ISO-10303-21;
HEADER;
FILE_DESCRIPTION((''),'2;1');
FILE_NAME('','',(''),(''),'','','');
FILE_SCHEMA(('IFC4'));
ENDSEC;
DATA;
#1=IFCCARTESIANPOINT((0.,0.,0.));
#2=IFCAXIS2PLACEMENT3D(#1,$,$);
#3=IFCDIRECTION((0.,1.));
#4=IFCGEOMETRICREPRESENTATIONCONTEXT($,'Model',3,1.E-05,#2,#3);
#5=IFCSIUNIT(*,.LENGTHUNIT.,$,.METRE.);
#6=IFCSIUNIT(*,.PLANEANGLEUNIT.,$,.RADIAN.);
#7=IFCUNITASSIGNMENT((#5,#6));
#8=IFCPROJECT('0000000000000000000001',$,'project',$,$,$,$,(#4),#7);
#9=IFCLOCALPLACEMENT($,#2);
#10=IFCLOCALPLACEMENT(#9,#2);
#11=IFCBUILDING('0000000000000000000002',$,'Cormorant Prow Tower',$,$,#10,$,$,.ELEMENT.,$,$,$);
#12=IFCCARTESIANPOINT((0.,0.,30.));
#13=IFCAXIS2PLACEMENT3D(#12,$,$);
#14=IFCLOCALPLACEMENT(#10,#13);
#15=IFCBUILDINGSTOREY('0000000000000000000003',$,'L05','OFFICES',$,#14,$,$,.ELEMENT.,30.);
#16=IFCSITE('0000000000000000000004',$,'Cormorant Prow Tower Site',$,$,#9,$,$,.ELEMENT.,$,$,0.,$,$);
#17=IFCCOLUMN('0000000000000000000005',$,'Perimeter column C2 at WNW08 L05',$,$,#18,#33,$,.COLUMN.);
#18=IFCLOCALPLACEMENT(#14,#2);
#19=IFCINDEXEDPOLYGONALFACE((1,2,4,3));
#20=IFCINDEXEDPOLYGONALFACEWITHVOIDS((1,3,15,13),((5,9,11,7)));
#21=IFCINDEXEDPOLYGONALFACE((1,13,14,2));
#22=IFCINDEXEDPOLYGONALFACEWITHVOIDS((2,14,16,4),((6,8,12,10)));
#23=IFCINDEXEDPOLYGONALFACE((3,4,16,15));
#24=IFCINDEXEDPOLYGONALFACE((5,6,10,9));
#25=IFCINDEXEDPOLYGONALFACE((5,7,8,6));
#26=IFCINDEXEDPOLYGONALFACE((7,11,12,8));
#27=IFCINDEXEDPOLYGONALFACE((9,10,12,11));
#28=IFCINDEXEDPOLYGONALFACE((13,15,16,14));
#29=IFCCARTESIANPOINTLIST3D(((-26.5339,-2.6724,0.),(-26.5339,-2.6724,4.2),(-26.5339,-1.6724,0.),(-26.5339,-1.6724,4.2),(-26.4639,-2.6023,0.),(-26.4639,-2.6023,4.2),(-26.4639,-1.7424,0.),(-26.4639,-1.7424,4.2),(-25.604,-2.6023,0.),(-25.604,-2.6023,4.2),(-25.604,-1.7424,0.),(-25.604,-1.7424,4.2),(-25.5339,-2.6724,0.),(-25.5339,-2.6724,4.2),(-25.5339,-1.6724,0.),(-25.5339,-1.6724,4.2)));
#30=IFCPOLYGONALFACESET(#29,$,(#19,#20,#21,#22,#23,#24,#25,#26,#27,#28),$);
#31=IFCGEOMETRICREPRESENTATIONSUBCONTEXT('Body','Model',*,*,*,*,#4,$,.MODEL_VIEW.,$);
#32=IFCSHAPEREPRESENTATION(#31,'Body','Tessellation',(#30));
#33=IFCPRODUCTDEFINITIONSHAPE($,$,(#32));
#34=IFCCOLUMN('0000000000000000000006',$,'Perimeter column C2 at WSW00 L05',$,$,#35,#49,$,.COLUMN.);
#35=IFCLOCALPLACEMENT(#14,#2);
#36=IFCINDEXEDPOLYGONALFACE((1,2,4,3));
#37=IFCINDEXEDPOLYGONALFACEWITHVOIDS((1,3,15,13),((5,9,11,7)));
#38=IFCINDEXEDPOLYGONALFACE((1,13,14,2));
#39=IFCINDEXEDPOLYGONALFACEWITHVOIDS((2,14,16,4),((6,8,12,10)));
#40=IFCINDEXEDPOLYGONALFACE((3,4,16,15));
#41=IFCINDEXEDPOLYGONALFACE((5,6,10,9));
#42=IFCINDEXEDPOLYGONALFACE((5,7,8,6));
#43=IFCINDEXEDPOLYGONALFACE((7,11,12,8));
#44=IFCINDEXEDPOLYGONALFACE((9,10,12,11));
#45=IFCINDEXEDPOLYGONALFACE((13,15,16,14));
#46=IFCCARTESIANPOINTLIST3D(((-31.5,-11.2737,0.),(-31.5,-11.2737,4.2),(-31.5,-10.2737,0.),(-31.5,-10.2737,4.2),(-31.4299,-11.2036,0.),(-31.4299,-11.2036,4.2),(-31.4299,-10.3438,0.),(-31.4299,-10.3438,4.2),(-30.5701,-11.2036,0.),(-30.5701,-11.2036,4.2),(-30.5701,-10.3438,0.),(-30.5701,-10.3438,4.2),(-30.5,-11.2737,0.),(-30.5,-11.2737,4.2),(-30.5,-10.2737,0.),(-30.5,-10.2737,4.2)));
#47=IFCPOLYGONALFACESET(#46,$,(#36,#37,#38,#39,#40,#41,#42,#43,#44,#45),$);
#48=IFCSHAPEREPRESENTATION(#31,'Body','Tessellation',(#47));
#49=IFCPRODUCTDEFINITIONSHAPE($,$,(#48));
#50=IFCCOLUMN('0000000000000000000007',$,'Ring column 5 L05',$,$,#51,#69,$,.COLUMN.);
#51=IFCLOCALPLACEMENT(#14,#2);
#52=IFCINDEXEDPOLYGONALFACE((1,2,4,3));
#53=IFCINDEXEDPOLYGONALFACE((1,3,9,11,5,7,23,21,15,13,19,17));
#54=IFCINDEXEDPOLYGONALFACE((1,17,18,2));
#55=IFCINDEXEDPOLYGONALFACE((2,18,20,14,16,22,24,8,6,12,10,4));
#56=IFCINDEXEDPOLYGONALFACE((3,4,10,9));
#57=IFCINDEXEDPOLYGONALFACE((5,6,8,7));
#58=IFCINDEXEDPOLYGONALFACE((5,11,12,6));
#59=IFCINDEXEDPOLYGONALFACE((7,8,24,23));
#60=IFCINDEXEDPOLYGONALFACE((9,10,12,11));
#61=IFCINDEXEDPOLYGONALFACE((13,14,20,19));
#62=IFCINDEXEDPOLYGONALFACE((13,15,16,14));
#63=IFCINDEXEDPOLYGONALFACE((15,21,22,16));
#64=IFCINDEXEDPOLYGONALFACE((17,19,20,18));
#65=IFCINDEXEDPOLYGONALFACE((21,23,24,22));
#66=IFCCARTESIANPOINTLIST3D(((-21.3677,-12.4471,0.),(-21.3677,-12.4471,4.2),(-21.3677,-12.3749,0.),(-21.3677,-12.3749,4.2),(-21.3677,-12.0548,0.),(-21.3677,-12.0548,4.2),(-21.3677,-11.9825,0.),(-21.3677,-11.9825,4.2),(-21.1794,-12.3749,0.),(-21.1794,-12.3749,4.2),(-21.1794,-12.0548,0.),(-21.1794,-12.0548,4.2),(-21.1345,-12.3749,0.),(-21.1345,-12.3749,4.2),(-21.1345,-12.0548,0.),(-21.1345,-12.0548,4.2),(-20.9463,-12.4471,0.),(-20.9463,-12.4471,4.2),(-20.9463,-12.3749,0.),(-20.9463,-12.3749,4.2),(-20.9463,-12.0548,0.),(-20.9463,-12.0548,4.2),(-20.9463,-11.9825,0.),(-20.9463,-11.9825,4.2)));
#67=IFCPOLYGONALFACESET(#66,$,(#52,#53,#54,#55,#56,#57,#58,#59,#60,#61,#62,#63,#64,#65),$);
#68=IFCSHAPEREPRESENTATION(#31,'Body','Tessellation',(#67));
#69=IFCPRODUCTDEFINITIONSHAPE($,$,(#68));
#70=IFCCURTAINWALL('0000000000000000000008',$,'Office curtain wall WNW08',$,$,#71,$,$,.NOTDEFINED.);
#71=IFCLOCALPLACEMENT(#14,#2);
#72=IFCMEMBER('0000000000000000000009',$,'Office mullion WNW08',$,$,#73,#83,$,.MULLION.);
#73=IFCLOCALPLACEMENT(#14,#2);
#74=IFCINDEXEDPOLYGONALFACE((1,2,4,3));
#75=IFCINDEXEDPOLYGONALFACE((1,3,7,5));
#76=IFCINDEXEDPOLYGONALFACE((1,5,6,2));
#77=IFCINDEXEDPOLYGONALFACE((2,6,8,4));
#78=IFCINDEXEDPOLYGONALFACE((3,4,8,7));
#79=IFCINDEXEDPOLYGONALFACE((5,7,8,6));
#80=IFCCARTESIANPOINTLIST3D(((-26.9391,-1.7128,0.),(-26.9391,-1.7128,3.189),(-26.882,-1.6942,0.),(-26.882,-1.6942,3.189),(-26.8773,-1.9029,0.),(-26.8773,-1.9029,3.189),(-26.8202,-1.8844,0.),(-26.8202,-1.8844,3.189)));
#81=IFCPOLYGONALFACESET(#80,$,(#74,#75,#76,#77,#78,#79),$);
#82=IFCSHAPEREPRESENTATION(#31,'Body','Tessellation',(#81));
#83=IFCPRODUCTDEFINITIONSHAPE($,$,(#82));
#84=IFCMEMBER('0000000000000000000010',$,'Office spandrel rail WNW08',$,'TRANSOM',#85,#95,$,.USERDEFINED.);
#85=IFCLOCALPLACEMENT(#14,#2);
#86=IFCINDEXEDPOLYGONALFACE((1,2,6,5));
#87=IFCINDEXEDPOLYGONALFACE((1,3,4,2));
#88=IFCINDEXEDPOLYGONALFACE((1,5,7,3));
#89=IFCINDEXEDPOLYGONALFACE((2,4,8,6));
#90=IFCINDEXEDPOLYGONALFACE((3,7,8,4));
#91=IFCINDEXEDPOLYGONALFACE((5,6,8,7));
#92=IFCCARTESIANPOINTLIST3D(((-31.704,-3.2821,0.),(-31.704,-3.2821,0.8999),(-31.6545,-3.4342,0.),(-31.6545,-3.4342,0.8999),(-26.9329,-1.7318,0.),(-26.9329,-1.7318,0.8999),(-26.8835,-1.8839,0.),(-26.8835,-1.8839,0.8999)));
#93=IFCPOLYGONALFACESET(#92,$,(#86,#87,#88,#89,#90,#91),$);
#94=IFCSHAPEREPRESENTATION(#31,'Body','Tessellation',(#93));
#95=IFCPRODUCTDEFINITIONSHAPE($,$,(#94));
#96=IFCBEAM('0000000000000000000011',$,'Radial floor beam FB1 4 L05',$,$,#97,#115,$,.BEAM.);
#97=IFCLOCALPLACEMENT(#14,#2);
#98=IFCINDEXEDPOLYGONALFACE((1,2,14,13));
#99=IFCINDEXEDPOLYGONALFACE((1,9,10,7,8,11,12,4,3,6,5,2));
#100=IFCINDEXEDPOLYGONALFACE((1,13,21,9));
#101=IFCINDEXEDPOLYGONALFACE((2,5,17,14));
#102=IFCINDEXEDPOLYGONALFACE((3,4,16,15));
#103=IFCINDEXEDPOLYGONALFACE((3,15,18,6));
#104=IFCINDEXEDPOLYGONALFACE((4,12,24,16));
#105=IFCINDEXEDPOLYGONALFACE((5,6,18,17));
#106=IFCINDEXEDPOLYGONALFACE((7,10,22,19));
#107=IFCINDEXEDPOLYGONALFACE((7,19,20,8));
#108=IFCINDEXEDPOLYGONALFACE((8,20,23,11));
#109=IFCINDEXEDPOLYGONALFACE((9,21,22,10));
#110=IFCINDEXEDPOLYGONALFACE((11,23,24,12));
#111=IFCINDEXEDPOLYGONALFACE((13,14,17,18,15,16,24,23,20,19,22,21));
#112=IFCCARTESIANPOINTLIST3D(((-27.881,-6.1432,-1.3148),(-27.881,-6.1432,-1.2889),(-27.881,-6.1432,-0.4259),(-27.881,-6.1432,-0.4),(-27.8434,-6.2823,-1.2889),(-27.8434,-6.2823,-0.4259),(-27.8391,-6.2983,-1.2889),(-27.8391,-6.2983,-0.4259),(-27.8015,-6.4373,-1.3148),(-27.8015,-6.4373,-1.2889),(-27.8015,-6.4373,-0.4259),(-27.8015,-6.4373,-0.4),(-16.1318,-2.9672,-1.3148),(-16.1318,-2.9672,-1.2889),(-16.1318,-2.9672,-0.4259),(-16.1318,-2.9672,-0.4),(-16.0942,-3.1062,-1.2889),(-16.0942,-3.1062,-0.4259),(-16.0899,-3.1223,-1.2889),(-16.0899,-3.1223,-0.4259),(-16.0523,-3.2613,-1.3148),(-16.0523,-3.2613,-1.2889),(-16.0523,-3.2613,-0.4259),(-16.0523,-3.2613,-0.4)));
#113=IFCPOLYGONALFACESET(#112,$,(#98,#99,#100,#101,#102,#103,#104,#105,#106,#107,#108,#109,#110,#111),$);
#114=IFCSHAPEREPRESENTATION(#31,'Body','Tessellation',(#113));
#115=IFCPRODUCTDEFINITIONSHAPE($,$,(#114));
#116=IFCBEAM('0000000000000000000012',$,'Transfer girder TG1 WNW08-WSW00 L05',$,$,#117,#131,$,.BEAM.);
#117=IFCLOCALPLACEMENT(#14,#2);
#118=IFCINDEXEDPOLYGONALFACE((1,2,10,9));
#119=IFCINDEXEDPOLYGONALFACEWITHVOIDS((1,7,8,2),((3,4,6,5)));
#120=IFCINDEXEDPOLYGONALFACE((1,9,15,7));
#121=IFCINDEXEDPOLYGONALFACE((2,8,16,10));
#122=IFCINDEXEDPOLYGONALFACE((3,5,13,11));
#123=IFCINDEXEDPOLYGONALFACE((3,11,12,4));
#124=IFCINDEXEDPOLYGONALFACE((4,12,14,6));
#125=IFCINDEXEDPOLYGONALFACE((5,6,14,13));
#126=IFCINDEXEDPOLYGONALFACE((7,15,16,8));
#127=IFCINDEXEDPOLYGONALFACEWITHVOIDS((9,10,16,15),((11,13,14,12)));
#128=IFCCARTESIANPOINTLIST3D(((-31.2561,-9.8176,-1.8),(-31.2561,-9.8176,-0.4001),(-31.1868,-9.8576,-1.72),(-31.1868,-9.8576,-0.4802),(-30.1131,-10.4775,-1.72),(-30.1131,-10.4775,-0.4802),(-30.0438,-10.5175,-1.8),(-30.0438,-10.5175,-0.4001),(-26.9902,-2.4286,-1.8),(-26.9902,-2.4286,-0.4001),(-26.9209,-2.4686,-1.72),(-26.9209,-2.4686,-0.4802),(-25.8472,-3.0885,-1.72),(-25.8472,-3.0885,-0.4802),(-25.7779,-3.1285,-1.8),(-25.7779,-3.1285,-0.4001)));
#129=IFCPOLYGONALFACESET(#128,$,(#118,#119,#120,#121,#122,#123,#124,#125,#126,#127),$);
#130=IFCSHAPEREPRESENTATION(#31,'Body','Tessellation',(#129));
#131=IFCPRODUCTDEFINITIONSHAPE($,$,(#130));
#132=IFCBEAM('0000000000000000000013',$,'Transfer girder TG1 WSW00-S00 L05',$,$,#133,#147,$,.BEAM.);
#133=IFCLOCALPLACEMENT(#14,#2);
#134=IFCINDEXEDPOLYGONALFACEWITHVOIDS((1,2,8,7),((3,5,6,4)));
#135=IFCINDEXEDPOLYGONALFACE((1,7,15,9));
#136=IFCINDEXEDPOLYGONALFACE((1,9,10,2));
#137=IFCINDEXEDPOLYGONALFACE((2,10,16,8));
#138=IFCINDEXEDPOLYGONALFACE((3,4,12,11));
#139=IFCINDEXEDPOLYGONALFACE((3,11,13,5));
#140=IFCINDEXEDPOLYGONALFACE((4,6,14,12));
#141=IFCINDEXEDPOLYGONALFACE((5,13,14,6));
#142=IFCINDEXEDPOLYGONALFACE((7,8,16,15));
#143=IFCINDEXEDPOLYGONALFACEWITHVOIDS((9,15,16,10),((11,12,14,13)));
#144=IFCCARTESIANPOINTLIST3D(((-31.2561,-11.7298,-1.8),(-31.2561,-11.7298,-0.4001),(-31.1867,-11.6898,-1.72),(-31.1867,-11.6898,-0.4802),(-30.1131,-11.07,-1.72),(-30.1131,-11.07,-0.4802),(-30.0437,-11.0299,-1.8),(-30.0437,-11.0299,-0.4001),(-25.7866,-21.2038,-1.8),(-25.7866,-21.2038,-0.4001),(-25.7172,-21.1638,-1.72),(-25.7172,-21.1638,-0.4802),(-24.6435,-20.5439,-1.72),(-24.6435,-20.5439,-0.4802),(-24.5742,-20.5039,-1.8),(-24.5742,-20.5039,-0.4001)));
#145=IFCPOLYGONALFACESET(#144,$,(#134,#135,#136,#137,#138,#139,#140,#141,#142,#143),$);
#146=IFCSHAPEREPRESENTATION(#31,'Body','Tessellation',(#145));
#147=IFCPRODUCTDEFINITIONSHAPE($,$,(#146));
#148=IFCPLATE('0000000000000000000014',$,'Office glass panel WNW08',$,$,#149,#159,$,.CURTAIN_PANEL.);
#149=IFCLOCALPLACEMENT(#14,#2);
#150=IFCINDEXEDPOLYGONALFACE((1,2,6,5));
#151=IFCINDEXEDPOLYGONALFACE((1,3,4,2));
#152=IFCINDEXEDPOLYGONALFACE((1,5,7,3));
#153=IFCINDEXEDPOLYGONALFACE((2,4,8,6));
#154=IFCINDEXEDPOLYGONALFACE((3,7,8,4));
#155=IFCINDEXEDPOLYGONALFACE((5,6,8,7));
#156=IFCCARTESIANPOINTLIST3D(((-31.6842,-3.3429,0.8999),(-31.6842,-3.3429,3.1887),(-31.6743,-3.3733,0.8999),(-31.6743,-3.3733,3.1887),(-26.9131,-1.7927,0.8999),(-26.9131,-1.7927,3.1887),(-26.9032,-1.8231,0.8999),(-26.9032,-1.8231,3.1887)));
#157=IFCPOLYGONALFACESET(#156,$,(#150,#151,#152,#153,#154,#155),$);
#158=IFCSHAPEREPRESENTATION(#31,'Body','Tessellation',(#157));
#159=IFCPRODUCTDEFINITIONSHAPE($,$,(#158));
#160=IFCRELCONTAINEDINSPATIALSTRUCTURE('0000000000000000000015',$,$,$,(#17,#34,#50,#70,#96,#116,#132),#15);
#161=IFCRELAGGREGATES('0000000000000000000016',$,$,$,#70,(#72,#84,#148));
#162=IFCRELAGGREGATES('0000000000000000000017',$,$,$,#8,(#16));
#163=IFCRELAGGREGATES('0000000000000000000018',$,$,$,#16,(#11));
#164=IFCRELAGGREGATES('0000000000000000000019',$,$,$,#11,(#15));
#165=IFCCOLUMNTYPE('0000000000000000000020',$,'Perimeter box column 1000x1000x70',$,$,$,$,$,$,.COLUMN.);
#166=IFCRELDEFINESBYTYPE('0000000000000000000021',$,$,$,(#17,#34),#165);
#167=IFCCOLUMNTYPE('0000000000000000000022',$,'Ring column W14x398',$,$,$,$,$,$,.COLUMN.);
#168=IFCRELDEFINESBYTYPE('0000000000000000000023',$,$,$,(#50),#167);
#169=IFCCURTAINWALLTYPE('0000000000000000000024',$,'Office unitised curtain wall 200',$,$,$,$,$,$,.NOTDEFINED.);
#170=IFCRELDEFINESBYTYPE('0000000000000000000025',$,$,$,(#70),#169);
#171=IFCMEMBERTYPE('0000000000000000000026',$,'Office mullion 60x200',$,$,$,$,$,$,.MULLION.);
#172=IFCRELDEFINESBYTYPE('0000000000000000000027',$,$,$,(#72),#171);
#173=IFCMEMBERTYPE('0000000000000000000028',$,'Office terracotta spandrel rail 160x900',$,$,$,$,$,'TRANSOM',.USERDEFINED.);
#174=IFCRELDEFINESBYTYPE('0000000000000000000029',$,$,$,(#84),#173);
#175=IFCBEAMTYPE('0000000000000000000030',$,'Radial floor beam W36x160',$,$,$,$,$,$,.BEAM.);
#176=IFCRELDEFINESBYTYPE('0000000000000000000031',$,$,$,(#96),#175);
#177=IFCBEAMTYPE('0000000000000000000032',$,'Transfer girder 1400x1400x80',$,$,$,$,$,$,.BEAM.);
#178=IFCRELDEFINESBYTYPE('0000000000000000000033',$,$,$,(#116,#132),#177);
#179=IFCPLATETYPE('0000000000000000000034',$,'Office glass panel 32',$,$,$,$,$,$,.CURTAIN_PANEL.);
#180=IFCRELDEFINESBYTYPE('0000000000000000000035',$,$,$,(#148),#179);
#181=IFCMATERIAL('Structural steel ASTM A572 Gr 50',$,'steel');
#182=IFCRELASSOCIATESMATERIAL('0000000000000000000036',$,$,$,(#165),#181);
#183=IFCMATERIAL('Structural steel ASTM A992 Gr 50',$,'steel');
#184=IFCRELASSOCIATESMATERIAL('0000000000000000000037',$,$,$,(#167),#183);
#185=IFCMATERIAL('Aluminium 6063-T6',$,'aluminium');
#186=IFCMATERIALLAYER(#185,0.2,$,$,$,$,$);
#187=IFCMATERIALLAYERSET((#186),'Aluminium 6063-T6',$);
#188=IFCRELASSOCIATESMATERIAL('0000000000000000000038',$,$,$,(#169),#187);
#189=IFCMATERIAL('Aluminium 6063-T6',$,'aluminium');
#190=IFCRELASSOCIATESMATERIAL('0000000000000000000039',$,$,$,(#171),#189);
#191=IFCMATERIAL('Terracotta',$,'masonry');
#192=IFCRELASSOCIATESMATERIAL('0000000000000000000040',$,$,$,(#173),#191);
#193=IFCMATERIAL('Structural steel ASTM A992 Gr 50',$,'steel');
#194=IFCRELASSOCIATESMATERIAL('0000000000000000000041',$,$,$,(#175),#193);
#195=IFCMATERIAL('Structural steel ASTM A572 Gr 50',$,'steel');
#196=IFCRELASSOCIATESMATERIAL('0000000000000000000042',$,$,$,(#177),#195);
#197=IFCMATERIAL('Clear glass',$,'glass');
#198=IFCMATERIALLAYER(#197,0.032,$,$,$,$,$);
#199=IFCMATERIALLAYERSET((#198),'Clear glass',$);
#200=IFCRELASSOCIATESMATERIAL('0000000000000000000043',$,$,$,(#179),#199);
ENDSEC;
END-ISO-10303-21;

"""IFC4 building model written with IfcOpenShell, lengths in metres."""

from ifc_helpers import new_model, si_unit, direction, frame, origin, origin_2d, place, context, subcontext, project, spatial, rectangle, hollow_rectangle, i_section, extrude, material, layer, layer_set, material_profile, profile_set, type_object, element, aggregate, save


model = new_model("IFC4")

# Units and contexts
model_context = context("Model", 3, precision=1e-05, world=origin(), true_north=direction((0.0, 1.0)))
body_context = subcontext(model_context, "Body", "Model", "MODEL_VIEW")
ifc_project = project(units=[si_unit("LENGTHUNIT", "METRE"), si_unit("PLANEANGLEUNIT", "RADIAN")], contexts=[model_context])

# Site, building, storey
site_placement = place(None, origin())
site = spatial("IfcSite", under=ifc_project, at=site_placement, Name="Cormorant Prow Tower Site", CompositionType="ELEMENT", RefElevation=0.0)
building_placement = place(site_placement, origin())
building = spatial("IfcBuilding", under=site, at=building_placement, Name="Cormorant Prow Tower", CompositionType="ELEMENT")
storey_placement = place(building_placement, frame((0.0, 0.0, 30.0)))
storey = spatial("IfcBuildingStorey", under=building, at=storey_placement, Name="L05", Description="OFFICES", CompositionType="ELEMENT", Elevation=30.0)

# Columns
ifc_material_1 = material(Name="Structural steel ASTM A572 Gr 50", Category="steel")
ifc_material_profile_1 = material_profile(ifc_material_1, hollow_rectangle(XDim=1.0, YDim=1.0, WallThickness=0.0701, at=origin_2d()), Name="Box 1000x1000x70")
ifc_profile_set_1 = profile_set([ifc_material_profile_1], Name="Structural steel ASTM A572 Gr 50")
column_type_1 = type_object("IfcColumnType", Name="Perimeter box column 1000x1000x70", PredefinedType="COLUMN", material=ifc_profile_set_1)
column_1_placement = place(storey_placement, frame((-26.0339, -2.1724, 0.0), z_axis=(0.0, 0.0, 1.0), x_axis=(1.0, 0.0, 0.0)))
element("IfcColumn", 1, at=column_1_placement, inside=storey, type_object=column_type_1, Name="Perimeter column C2 at WNW08 L05", PredefinedType="COLUMN", context=body_context, shape_type="SweptSolid", body=[
    extrude(hollow_rectangle(XDim=1.0, YDim=1.0, WallThickness=0.0701, at=origin_2d()), origin(), (0.0, 0.0, 1.0), 4.2),
])
column_2_placement = place(storey_placement, frame((-31.0, -10.7737, 0.0), z_axis=(0.0, 0.0, 1.0), x_axis=(1.0, 0.0, 0.0)))
element("IfcColumn", 2, at=column_2_placement, inside=storey, type_object=column_type_1, Name="Perimeter column C2 at WSW00 L05", PredefinedType="COLUMN", context=body_context, shape_type="SweptSolid", body=[
    extrude(hollow_rectangle(XDim=1.0, YDim=1.0, WallThickness=0.0701, at=origin_2d()), origin(), (0.0, 0.0, 1.0), 4.2),
])
ifc_material_2 = material(Name="Structural steel ASTM A992 Gr 50", Category="steel")
ifc_material_profile_2 = material_profile(ifc_material_2, i_section(OverallWidth=0.4214, OverallDepth=0.4646, WebThickness=0.0449, FlangeThickness=0.0723, at=origin_2d()), Name="W14x398")
ifc_profile_set_2 = profile_set([ifc_material_profile_2], Name="Structural steel ASTM A992 Gr 50")
column_type_2 = type_object("IfcColumnType", Name="Ring column W14x398", PredefinedType="COLUMN", material=ifc_profile_set_2)
column_3_placement = place(storey_placement, frame((-21.157, -12.2148, 0.0), z_axis=(0.0, 0.0, 1.0), x_axis=(1.0, 0.0, 0.0)))
element("IfcColumn", 3, at=column_3_placement, inside=storey, type_object=column_type_2, Name="Ring column 5 L05", PredefinedType="COLUMN", context=body_context, shape_type="SweptSolid", body=[
    extrude(i_section(OverallWidth=0.4214, OverallDepth=0.4646, WebThickness=0.0449, FlangeThickness=0.0723, at=origin_2d()), origin(), (0.0, 0.0, 1.0), 4.2),
])

# Curtain wall, members
ifc_material_3 = material(Name="Aluminium 6063-T6", Category="aluminium")
ifc_layer_1 = layer(ifc_material_3, 0.2)
ifc_layer_set_1 = layer_set([ifc_layer_1], Name="Aluminium 6063-T6")
curtain_wall_type = type_object("IfcCurtainWallType", Name="Office unitised curtain wall 200", PredefinedType="NOTDEFINED", material=ifc_layer_set_1)
curtain_wall_placement = place(storey_placement, origin())
curtain_wall = element("IfcCurtainWall", 4, at=curtain_wall_placement, inside=storey, type_object=curtain_wall_type, Name="Office curtain wall WNW08", PredefinedType="NOTDEFINED")
ifc_material_4 = material(Name="Aluminium 6063-T6", Category="aluminium")
ifc_material_profile_3 = material_profile(ifc_material_4, rectangle(XDim=0.2, YDim=0.0601, at=origin_2d()), Name="Office mullion 60x200")
ifc_profile_set_3 = profile_set([ifc_material_profile_3], Name="Aluminium 6063-T6")
member_type_1 = type_object("IfcMemberType", Name="Office mullion 60x200", PredefinedType="MULLION", material=ifc_profile_set_3)
member_1_placement = place(storey_placement, frame((-26.8796, -1.7986, 0.0), z_axis=(0.0, 0.0, 1.0), x_axis=(0.309017, -0.951057, 0.0)))
member_1 = element("IfcMember", 5, at=member_1_placement, type_object=member_type_1, Name="Office mullion WNW08", PredefinedType="MULLION", context=body_context, shape_type="SweptSolid", body=[
    extrude(rectangle(XDim=0.2, YDim=0.0601, at=origin_2d()), origin(), (0.0, 0.0, 1.0), 3.189),
])
ifc_material_5 = material(Name="Terracotta", Category="masonry")
ifc_material_profile_4 = material_profile(ifc_material_5, rectangle(XDim=0.1599, YDim=0.8999, at=origin_2d()), Name="Office terracotta spandrel rail 160x900")
ifc_profile_set_4 = profile_set([ifc_material_profile_4], Name="Terracotta")
member_type_2 = type_object("IfcMemberType", Name="Office terracotta spandrel rail 160x900", ElementType="TRANSOM", PredefinedType="USERDEFINED", material=ifc_profile_set_4)
member_2_placement = place(storey_placement, frame((-26.9082, -1.8079, 0.45), z_axis=(-0.951051, -0.309035, 0.0), x_axis=(0.309035, -0.951051, 0.0)))
member_2 = element("IfcMember", 6, at=member_2_placement, type_object=member_type_2, Name="Office spandrel rail WNW08", ObjectType="TRANSOM", PredefinedType="USERDEFINED", context=body_context, shape_type="SweptSolid", body=[
    extrude(rectangle(XDim=0.1599, YDim=0.8999, at=origin_2d()), origin(), (0.0, 0.0, 1.0), 5.0166),
])

# Beams
ifc_material_6 = material(Name="Structural steel ASTM A992 Gr 50", Category="steel")
ifc_material_profile_5 = material_profile(ifc_material_6, i_section(OverallWidth=0.3047, OverallDepth=0.9148, WebThickness=0.0166, FlangeThickness=0.0259, at=origin_2d()), Name="W36x160")
ifc_profile_set_5 = profile_set([ifc_material_profile_5], Name="Structural steel ASTM A992 Gr 50")
beam_type_1 = type_object("IfcBeamType", Name="Radial floor beam W36x160", PredefinedType="BEAM", material=ifc_profile_set_5)
beam_1_placement = place(storey_placement, frame((-16.092, -3.1143, -0.8574), z_axis=(-0.965352, -0.260951, 0.0), x_axis=(0.260951, -0.965352, 0.0)))
element("IfcBeam", 7, at=beam_1_placement, inside=storey, type_object=beam_type_1, Name="Radial floor beam FB1 4 L05", PredefinedType="BEAM", context=body_context, shape_type="SweptSolid", body=[
    extrude(i_section(OverallWidth=0.3047, OverallDepth=0.9148, WebThickness=0.0166, FlangeThickness=0.0259, at=origin_2d()), origin(), (0.0, 0.0, 1.0), 12.1709),
])
ifc_material_7 = material(Name="Structural steel ASTM A572 Gr 50", Category="steel")
ifc_material_profile_6 = material_profile(ifc_material_7, hollow_rectangle(XDim=1.3999, YDim=1.3999, WallThickness=0.0801, at=origin_2d()), Name="Box 1400x1400x80")
ifc_profile_set_6 = profile_set([ifc_material_profile_6], Name="Structural steel ASTM A572 Gr 50")
beam_type_2 = type_object("IfcBeamType", Name="Transfer girder 1400x1400x80", PredefinedType="BEAM", material=ifc_profile_set_6)
beam_2_placement = place(storey_placement, frame((-26.384, -2.7786, -1.1001), z_axis=(-0.499989, -0.866032, 0.0), x_axis=(0.866032, -0.499989, 0.0)))
element("IfcBeam", 8, at=beam_2_placement, inside=storey, type_object=beam_type_2, Name="Transfer girder TG1 WNW08-WSW00 L05", PredefinedType="BEAM", context=body_context, shape_type="SweptSolid", body=[
    extrude(hollow_rectangle(XDim=1.3999, YDim=1.3999, WallThickness=0.0801, at=origin_2d()), origin(), (0.0, 0.0, 1.0), 8.532),
])
beam_3_placement = place(storey_placement, frame((-30.6499, -11.3799, -1.1001), z_axis=(0.499982, -0.866036, 0.0), x_axis=(0.866036, 0.499982, 0.0)))
element("IfcBeam", 9, at=beam_3_placement, inside=storey, type_object=beam_type_2, Name="Transfer girder TG1 WSW00-S00 L05", PredefinedType="BEAM", context=body_context, shape_type="SweptSolid", body=[
    extrude(hollow_rectangle(XDim=1.3999, YDim=1.3999, WallThickness=0.0801, at=origin_2d()), origin(), (0.0, 0.0, 1.0), 10.9395),
])

# Plate
ifc_material_8 = material(Name="Clear glass", Category="glass")
ifc_layer_2 = layer(ifc_material_8, 0.032)
ifc_layer_set_2 = layer_set([ifc_layer_2], Name="Clear glass")
plate_type = type_object("IfcPlateType", Name="Office glass panel 32", PredefinedType="CURTAIN_PANEL", material=ifc_layer_set_2)
plate_placement = place(storey_placement, frame((-29.2937, -2.583, 0.8999), z_axis=(0.0, 0.0, 1.0), x_axis=(-0.951057, -0.309017, 0.0)))
plate = element("IfcPlate", 10, at=plate_placement, type_object=plate_type, Name="Office glass panel WNW08", PredefinedType="CURTAIN_PANEL", context=body_context, shape_type="SweptSolid", body=[
    extrude(rectangle(XDim=5.0166, YDim=0.032, at=origin_2d()), origin(), (0.0, 0.0, 1.0), 2.2888),
])
aggregate(curtain_wall, [member_1, member_2, plate])

save(model, "model.ifc")
